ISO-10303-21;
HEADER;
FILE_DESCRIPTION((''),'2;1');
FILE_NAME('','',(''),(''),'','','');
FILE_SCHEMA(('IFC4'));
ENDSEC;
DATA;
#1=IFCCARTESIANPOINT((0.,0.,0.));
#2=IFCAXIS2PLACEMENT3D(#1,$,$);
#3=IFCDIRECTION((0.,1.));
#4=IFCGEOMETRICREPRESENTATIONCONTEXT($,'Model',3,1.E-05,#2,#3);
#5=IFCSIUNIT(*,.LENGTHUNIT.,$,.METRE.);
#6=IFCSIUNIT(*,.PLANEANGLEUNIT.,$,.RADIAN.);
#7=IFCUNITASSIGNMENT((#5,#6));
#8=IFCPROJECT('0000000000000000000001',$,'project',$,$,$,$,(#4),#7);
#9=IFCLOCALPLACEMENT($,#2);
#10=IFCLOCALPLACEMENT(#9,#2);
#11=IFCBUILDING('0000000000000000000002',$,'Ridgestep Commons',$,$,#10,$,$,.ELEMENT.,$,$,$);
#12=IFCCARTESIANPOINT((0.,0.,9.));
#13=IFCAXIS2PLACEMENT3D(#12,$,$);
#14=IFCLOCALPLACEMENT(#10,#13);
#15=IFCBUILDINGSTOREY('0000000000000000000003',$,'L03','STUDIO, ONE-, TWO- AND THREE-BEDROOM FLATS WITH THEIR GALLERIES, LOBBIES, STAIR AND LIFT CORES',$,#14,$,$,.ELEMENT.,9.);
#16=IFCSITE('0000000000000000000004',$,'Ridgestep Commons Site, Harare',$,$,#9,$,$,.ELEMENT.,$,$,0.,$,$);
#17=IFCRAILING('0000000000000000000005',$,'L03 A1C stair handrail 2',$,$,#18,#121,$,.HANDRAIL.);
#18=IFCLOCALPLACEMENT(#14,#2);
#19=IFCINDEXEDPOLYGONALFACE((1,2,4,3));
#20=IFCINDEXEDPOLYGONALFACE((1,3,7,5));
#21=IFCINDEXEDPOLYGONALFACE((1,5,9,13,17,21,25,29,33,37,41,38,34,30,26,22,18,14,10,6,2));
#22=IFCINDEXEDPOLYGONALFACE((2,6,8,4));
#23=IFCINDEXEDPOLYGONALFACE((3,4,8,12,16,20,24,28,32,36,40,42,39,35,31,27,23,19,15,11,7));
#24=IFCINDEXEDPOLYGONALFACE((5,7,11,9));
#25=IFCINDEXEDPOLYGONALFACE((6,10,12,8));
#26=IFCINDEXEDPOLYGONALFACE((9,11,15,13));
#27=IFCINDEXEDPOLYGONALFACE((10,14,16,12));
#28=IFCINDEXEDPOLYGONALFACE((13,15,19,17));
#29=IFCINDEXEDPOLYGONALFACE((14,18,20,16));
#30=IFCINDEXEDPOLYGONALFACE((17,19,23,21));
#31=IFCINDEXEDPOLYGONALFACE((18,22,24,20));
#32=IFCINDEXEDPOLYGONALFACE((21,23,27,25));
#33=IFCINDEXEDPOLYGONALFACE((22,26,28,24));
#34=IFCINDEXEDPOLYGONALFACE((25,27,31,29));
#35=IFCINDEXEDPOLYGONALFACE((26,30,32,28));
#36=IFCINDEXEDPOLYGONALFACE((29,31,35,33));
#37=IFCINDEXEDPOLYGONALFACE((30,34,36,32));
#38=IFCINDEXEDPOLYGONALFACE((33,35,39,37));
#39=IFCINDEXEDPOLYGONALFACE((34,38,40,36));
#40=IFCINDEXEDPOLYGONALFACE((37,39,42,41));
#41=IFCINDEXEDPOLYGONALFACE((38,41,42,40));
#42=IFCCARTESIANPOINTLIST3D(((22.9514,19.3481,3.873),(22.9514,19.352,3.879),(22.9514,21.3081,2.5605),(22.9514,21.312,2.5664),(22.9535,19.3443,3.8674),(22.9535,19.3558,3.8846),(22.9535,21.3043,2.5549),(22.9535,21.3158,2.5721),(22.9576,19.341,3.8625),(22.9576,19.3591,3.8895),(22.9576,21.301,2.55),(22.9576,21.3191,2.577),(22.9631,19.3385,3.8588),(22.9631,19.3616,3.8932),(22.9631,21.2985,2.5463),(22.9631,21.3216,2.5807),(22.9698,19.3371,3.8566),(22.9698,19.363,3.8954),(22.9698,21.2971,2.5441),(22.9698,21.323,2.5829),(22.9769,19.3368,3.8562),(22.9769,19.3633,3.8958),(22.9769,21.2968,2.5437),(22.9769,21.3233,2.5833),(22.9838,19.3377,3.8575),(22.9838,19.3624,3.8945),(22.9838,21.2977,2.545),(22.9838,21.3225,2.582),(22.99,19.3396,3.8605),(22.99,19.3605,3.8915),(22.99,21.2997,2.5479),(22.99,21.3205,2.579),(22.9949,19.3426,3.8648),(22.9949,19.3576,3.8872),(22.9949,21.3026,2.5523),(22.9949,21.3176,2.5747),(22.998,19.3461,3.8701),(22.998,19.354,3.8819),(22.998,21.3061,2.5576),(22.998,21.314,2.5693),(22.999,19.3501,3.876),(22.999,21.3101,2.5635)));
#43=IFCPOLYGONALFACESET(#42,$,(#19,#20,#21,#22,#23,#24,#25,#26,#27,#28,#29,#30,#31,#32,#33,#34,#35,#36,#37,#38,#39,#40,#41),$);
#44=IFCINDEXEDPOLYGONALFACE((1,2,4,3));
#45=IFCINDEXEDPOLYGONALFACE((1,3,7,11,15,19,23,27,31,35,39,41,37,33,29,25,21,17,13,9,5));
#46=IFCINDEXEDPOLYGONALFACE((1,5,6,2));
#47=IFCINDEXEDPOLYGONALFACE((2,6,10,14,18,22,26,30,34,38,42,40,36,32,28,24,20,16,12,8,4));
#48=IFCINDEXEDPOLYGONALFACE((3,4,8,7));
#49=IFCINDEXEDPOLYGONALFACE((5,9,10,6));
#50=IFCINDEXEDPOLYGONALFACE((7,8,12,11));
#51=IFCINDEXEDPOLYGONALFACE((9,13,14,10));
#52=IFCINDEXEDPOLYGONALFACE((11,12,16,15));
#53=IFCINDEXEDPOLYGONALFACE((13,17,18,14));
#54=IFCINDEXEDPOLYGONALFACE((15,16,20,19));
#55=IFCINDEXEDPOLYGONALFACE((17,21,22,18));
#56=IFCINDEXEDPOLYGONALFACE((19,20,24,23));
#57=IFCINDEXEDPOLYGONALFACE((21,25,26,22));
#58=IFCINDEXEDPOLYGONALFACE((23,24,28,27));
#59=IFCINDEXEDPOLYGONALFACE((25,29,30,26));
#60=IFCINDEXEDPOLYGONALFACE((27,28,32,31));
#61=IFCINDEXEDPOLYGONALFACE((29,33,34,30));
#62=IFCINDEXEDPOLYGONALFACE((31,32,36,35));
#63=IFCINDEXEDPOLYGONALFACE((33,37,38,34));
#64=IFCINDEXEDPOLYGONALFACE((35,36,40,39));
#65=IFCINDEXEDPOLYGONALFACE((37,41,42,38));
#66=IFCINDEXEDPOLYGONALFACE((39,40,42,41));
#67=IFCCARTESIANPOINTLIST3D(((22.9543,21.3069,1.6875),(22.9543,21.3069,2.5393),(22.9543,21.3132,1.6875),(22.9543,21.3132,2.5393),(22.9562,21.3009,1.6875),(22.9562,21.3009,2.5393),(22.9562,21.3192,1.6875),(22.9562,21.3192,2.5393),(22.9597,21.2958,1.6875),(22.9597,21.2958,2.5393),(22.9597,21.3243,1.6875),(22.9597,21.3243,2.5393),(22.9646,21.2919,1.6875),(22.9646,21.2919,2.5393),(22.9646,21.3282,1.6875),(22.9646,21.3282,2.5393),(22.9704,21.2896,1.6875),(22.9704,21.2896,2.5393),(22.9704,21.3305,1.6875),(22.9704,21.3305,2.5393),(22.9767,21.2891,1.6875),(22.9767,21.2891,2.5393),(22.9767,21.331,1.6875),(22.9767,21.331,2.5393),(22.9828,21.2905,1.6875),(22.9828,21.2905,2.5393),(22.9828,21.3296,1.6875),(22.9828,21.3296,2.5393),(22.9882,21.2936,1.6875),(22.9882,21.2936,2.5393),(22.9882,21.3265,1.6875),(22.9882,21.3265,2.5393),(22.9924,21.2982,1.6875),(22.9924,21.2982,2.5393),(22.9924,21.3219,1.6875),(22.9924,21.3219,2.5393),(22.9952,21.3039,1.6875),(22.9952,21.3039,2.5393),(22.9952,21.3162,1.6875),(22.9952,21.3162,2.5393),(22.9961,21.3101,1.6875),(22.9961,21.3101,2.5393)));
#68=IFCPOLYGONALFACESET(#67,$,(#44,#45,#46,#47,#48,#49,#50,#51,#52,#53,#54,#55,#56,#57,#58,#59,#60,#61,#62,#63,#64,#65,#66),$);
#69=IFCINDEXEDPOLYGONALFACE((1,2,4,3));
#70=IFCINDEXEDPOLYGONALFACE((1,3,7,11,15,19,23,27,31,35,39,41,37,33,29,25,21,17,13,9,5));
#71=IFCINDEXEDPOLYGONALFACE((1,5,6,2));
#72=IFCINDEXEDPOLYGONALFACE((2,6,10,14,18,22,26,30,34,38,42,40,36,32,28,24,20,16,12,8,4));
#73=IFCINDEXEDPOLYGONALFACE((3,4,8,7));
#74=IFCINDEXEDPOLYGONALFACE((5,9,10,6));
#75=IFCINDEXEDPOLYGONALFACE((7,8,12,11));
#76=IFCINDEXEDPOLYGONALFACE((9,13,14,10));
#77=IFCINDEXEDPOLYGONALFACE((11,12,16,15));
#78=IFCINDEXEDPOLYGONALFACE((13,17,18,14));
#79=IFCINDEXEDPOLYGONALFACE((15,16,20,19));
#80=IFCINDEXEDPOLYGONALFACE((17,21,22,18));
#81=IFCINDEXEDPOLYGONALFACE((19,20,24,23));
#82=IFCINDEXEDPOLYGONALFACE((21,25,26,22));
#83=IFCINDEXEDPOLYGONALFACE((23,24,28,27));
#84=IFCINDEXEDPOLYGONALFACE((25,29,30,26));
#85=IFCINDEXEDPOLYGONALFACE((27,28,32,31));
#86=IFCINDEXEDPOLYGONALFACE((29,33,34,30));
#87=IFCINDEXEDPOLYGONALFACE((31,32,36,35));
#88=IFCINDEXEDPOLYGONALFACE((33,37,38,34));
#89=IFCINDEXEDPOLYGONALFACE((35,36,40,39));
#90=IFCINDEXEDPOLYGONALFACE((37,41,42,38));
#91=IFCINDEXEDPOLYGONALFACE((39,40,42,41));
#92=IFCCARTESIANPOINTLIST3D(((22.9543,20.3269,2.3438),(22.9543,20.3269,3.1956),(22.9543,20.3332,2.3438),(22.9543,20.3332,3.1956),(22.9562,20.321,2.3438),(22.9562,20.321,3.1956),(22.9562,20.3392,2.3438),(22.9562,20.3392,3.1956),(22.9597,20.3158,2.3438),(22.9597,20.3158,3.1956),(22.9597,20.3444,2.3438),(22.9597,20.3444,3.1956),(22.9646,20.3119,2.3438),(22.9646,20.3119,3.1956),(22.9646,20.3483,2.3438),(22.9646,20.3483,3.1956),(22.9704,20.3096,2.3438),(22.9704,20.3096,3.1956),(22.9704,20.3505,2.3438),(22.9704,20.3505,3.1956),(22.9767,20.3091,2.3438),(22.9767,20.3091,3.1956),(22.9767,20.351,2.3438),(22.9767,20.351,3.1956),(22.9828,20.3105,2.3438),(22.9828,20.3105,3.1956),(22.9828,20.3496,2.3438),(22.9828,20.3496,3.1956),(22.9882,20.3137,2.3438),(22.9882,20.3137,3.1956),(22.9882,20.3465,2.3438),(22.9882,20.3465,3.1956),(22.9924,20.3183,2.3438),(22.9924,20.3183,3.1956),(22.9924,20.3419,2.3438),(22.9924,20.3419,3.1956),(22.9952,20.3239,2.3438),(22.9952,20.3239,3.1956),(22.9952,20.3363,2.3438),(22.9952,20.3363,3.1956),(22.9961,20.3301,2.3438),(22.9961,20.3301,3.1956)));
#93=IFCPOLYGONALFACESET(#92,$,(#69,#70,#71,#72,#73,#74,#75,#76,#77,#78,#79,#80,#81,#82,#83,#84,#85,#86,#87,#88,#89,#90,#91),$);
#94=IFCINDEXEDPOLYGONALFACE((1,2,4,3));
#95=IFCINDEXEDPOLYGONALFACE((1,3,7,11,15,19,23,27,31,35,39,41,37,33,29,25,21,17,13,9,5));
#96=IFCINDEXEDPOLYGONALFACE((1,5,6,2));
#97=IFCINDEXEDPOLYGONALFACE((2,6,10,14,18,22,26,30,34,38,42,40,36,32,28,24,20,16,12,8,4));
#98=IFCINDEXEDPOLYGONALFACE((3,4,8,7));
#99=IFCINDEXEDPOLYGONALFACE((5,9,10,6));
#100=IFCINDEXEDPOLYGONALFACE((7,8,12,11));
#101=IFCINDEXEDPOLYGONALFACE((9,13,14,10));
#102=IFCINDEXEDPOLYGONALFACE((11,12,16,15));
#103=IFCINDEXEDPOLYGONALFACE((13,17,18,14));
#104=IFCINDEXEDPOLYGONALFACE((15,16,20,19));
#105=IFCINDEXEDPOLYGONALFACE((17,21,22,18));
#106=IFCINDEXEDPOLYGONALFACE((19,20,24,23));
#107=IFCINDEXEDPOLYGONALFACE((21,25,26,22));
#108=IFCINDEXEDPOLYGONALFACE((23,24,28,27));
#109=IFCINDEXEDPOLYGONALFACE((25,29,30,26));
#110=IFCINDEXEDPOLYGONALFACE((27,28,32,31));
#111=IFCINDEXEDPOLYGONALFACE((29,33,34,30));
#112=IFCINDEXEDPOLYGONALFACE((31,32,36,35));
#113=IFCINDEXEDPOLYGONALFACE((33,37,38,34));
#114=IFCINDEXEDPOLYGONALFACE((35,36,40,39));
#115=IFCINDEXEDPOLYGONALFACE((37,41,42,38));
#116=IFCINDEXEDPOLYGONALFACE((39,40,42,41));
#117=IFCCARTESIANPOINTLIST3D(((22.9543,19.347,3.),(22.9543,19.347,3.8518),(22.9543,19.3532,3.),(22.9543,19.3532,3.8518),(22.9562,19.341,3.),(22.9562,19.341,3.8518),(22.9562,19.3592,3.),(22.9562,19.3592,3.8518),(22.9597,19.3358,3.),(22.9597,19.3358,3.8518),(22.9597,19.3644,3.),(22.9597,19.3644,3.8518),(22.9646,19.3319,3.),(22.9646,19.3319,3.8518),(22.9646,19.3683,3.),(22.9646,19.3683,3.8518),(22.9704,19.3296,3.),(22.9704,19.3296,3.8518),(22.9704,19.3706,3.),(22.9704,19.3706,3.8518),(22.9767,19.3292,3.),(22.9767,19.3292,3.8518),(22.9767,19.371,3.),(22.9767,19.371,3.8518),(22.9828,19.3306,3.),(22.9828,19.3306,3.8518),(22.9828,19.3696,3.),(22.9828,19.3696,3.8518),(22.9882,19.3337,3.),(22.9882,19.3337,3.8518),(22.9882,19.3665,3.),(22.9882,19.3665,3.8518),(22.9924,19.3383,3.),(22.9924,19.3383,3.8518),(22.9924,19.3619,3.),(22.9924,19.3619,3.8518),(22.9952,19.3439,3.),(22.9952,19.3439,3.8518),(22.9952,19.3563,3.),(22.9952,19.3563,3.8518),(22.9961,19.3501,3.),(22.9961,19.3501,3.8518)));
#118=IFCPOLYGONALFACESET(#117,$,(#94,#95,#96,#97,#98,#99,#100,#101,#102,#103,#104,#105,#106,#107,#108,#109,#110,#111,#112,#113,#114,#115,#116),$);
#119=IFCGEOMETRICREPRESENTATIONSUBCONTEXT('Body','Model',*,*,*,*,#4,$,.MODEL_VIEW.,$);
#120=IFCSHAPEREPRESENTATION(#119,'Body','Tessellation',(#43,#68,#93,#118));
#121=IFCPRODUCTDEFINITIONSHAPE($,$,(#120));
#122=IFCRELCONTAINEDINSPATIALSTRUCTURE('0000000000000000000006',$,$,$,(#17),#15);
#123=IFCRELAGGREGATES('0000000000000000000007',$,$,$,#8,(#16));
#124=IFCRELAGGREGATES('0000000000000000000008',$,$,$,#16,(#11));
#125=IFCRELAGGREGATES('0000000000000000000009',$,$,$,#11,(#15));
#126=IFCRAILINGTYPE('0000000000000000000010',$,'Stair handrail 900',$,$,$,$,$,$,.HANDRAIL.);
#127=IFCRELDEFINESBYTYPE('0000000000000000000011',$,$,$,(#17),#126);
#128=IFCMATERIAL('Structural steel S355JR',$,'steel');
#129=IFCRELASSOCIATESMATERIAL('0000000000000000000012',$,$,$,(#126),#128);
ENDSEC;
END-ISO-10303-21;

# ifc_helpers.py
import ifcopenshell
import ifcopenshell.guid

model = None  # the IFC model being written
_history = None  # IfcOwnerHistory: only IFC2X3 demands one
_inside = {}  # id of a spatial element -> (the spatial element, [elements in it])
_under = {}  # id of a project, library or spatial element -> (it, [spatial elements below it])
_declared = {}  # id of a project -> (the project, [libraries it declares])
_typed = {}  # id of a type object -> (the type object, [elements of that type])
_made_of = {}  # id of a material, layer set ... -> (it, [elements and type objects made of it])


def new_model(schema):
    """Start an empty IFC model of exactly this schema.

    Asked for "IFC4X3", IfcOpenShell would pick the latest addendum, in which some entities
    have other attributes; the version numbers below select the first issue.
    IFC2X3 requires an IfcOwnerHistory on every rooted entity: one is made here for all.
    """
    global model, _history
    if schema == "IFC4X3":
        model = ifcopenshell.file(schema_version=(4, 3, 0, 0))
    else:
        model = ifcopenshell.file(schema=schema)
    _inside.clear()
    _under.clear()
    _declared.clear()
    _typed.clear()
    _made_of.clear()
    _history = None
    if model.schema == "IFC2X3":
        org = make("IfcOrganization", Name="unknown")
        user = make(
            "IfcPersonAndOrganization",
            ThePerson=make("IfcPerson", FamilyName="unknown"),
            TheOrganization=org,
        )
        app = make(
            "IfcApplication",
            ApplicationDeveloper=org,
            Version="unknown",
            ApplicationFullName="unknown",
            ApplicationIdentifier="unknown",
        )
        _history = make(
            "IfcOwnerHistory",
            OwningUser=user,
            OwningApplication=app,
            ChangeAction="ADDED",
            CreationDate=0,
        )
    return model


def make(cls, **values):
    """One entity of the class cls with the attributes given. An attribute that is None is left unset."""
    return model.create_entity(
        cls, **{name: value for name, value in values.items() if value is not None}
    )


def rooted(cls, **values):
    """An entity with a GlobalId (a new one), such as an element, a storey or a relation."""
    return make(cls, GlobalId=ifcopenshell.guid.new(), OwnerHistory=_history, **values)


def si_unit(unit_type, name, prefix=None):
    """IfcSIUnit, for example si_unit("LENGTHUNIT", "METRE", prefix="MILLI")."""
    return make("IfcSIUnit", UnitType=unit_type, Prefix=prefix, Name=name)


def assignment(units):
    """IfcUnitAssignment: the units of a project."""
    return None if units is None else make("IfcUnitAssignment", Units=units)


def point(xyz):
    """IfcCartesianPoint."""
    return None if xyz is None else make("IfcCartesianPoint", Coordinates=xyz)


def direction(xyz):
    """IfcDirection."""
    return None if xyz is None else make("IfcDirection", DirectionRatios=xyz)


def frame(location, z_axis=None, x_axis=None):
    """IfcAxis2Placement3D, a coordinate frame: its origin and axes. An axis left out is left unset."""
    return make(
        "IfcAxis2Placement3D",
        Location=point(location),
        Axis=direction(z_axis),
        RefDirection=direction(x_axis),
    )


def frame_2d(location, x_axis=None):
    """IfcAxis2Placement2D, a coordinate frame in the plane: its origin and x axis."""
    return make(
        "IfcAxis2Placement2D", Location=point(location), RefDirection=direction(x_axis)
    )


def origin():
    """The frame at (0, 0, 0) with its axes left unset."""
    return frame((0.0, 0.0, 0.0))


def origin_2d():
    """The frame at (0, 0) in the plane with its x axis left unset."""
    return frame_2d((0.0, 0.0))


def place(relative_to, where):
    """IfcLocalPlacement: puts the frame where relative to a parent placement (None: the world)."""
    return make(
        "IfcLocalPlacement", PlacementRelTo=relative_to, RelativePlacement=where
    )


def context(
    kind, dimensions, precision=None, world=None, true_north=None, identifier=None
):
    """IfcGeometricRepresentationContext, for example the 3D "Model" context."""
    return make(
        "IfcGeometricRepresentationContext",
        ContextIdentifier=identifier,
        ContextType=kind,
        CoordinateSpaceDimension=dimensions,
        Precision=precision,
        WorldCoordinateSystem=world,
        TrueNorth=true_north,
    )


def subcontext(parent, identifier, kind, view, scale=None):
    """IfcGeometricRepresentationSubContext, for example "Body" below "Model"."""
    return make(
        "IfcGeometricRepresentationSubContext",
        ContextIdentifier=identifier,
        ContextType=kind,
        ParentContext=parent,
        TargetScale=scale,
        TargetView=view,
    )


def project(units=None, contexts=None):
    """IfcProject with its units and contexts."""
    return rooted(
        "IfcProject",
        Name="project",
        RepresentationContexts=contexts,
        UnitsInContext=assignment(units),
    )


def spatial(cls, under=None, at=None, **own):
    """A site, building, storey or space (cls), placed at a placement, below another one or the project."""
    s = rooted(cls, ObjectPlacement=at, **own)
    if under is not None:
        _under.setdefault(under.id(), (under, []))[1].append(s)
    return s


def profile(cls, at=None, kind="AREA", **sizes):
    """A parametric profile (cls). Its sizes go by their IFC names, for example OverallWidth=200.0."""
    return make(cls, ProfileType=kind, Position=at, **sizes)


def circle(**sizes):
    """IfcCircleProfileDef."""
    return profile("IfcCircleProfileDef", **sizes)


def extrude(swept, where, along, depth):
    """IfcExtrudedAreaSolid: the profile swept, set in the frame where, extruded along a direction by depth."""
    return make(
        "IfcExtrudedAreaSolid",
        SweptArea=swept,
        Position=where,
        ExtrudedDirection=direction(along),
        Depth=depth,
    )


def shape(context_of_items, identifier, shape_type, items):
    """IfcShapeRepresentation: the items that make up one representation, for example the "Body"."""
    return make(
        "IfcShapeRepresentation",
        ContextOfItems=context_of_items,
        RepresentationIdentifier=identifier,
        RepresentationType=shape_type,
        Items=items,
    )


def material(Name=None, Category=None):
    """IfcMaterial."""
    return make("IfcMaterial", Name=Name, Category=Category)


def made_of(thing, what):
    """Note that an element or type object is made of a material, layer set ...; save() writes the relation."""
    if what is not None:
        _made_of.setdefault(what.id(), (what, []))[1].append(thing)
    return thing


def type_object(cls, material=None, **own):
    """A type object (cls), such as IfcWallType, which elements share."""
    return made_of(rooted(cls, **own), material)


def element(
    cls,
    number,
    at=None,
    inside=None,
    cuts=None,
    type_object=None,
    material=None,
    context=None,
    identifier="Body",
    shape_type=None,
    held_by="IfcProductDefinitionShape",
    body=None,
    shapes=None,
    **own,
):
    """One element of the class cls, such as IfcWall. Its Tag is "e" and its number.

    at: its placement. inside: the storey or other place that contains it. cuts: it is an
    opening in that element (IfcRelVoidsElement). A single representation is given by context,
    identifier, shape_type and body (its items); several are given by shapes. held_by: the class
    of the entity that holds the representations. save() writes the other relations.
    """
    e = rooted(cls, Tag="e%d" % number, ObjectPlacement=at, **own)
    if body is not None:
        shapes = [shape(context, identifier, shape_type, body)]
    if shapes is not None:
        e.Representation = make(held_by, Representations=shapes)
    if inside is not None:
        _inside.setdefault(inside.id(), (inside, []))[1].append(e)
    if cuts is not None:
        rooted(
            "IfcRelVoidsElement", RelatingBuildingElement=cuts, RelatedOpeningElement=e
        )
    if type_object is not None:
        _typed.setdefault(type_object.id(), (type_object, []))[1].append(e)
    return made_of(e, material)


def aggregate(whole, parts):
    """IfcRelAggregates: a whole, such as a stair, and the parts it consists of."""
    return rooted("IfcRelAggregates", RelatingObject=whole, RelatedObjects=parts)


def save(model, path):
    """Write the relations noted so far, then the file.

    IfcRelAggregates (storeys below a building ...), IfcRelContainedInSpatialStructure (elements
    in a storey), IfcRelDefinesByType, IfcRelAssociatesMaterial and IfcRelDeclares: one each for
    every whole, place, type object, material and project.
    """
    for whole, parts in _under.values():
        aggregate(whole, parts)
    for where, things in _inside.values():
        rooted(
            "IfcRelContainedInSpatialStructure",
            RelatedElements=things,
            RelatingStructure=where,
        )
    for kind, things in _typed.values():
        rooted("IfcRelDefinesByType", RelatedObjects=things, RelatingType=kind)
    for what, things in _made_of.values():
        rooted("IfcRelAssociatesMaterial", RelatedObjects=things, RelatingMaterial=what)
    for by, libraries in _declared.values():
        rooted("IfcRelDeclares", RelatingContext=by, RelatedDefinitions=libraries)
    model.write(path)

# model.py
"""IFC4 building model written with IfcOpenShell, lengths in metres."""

from ifc_helpers import new_model, si_unit, direction, frame, origin, origin_2d, place, context, subcontext, project, spatial, circle, extrude, material, type_object, element, save


model = new_model("IFC4")

# Units and contexts
model_context = context("Model", 3, precision=1e-05, world=origin(), true_north=direction((0.0, 1.0)))
body_context = subcontext(model_context, "Body", "Model", "MODEL_VIEW")
ifc_project = project(units=[si_unit("LENGTHUNIT", "METRE"), si_unit("PLANEANGLEUNIT", "RADIAN")], contexts=[model_context])

# Site, building, storey
site_placement = place(None, origin())
site = spatial("IfcSite", under=ifc_project, at=site_placement, Name="Ridgestep Commons Site, Harare", CompositionType="ELEMENT", RefElevation=0.0)
building_placement = place(site_placement, origin())
building = spatial("IfcBuilding", under=site, at=building_placement, Name="Ridgestep Commons", CompositionType="ELEMENT")
storey_placement = place(building_placement, frame((0.0, 0.0, 9.0)))
storey = spatial("IfcBuildingStorey", under=building, at=storey_placement, Name="L03", Description="STUDIO, ONE-, TWO- AND THREE-BEDROOM FLATS WITH THEIR GALLERIES, LOBBIES, STAIR AND LIFT CORES", CompositionType="ELEMENT", Elevation=9.0)

# Railing
ifc_material_1 = material(Name="Structural steel S355JR", Category="steel")
railing_type_1 = type_object("IfcRailingType", Name="Stair handrail 900", PredefinedType="HANDRAIL", material=ifc_material_1)
railing_1_placement = place(storey_placement, frame((22.9751, 21.3101, 1.6875)))
element("IfcRailing", 1, at=railing_1_placement, inside=storey, type_object=railing_type_1, Name="L03 A1C stair handrail 2", PredefinedType="HANDRAIL", context=body_context, shape_type="SweptSolid", body=[
    extrude(circle(Radius=0.0239, at=origin_2d()), frame((0.0, 0.0, 0.876), z_axis=(0.0, -0.830902, 0.556419), x_axis=(1.0, 0.0, 0.0)), (0.0, 0.0, 1.0), 2.3589),
    extrude(circle(Radius=0.021, at=origin_2d()), origin(), (0.0, 0.0, 1.0), 0.8518),
    extrude(circle(Radius=0.021, at=origin_2d()), frame((0.0, -0.98, 0.6562)), (0.0, 0.0, 1.0), 0.8518),
    extrude(circle(Radius=0.021, at=origin_2d()), frame((0.0, -1.96, 1.3125)), (0.0, 0.0, 1.0), 0.8518),
])

save(model, "model.ifc")
